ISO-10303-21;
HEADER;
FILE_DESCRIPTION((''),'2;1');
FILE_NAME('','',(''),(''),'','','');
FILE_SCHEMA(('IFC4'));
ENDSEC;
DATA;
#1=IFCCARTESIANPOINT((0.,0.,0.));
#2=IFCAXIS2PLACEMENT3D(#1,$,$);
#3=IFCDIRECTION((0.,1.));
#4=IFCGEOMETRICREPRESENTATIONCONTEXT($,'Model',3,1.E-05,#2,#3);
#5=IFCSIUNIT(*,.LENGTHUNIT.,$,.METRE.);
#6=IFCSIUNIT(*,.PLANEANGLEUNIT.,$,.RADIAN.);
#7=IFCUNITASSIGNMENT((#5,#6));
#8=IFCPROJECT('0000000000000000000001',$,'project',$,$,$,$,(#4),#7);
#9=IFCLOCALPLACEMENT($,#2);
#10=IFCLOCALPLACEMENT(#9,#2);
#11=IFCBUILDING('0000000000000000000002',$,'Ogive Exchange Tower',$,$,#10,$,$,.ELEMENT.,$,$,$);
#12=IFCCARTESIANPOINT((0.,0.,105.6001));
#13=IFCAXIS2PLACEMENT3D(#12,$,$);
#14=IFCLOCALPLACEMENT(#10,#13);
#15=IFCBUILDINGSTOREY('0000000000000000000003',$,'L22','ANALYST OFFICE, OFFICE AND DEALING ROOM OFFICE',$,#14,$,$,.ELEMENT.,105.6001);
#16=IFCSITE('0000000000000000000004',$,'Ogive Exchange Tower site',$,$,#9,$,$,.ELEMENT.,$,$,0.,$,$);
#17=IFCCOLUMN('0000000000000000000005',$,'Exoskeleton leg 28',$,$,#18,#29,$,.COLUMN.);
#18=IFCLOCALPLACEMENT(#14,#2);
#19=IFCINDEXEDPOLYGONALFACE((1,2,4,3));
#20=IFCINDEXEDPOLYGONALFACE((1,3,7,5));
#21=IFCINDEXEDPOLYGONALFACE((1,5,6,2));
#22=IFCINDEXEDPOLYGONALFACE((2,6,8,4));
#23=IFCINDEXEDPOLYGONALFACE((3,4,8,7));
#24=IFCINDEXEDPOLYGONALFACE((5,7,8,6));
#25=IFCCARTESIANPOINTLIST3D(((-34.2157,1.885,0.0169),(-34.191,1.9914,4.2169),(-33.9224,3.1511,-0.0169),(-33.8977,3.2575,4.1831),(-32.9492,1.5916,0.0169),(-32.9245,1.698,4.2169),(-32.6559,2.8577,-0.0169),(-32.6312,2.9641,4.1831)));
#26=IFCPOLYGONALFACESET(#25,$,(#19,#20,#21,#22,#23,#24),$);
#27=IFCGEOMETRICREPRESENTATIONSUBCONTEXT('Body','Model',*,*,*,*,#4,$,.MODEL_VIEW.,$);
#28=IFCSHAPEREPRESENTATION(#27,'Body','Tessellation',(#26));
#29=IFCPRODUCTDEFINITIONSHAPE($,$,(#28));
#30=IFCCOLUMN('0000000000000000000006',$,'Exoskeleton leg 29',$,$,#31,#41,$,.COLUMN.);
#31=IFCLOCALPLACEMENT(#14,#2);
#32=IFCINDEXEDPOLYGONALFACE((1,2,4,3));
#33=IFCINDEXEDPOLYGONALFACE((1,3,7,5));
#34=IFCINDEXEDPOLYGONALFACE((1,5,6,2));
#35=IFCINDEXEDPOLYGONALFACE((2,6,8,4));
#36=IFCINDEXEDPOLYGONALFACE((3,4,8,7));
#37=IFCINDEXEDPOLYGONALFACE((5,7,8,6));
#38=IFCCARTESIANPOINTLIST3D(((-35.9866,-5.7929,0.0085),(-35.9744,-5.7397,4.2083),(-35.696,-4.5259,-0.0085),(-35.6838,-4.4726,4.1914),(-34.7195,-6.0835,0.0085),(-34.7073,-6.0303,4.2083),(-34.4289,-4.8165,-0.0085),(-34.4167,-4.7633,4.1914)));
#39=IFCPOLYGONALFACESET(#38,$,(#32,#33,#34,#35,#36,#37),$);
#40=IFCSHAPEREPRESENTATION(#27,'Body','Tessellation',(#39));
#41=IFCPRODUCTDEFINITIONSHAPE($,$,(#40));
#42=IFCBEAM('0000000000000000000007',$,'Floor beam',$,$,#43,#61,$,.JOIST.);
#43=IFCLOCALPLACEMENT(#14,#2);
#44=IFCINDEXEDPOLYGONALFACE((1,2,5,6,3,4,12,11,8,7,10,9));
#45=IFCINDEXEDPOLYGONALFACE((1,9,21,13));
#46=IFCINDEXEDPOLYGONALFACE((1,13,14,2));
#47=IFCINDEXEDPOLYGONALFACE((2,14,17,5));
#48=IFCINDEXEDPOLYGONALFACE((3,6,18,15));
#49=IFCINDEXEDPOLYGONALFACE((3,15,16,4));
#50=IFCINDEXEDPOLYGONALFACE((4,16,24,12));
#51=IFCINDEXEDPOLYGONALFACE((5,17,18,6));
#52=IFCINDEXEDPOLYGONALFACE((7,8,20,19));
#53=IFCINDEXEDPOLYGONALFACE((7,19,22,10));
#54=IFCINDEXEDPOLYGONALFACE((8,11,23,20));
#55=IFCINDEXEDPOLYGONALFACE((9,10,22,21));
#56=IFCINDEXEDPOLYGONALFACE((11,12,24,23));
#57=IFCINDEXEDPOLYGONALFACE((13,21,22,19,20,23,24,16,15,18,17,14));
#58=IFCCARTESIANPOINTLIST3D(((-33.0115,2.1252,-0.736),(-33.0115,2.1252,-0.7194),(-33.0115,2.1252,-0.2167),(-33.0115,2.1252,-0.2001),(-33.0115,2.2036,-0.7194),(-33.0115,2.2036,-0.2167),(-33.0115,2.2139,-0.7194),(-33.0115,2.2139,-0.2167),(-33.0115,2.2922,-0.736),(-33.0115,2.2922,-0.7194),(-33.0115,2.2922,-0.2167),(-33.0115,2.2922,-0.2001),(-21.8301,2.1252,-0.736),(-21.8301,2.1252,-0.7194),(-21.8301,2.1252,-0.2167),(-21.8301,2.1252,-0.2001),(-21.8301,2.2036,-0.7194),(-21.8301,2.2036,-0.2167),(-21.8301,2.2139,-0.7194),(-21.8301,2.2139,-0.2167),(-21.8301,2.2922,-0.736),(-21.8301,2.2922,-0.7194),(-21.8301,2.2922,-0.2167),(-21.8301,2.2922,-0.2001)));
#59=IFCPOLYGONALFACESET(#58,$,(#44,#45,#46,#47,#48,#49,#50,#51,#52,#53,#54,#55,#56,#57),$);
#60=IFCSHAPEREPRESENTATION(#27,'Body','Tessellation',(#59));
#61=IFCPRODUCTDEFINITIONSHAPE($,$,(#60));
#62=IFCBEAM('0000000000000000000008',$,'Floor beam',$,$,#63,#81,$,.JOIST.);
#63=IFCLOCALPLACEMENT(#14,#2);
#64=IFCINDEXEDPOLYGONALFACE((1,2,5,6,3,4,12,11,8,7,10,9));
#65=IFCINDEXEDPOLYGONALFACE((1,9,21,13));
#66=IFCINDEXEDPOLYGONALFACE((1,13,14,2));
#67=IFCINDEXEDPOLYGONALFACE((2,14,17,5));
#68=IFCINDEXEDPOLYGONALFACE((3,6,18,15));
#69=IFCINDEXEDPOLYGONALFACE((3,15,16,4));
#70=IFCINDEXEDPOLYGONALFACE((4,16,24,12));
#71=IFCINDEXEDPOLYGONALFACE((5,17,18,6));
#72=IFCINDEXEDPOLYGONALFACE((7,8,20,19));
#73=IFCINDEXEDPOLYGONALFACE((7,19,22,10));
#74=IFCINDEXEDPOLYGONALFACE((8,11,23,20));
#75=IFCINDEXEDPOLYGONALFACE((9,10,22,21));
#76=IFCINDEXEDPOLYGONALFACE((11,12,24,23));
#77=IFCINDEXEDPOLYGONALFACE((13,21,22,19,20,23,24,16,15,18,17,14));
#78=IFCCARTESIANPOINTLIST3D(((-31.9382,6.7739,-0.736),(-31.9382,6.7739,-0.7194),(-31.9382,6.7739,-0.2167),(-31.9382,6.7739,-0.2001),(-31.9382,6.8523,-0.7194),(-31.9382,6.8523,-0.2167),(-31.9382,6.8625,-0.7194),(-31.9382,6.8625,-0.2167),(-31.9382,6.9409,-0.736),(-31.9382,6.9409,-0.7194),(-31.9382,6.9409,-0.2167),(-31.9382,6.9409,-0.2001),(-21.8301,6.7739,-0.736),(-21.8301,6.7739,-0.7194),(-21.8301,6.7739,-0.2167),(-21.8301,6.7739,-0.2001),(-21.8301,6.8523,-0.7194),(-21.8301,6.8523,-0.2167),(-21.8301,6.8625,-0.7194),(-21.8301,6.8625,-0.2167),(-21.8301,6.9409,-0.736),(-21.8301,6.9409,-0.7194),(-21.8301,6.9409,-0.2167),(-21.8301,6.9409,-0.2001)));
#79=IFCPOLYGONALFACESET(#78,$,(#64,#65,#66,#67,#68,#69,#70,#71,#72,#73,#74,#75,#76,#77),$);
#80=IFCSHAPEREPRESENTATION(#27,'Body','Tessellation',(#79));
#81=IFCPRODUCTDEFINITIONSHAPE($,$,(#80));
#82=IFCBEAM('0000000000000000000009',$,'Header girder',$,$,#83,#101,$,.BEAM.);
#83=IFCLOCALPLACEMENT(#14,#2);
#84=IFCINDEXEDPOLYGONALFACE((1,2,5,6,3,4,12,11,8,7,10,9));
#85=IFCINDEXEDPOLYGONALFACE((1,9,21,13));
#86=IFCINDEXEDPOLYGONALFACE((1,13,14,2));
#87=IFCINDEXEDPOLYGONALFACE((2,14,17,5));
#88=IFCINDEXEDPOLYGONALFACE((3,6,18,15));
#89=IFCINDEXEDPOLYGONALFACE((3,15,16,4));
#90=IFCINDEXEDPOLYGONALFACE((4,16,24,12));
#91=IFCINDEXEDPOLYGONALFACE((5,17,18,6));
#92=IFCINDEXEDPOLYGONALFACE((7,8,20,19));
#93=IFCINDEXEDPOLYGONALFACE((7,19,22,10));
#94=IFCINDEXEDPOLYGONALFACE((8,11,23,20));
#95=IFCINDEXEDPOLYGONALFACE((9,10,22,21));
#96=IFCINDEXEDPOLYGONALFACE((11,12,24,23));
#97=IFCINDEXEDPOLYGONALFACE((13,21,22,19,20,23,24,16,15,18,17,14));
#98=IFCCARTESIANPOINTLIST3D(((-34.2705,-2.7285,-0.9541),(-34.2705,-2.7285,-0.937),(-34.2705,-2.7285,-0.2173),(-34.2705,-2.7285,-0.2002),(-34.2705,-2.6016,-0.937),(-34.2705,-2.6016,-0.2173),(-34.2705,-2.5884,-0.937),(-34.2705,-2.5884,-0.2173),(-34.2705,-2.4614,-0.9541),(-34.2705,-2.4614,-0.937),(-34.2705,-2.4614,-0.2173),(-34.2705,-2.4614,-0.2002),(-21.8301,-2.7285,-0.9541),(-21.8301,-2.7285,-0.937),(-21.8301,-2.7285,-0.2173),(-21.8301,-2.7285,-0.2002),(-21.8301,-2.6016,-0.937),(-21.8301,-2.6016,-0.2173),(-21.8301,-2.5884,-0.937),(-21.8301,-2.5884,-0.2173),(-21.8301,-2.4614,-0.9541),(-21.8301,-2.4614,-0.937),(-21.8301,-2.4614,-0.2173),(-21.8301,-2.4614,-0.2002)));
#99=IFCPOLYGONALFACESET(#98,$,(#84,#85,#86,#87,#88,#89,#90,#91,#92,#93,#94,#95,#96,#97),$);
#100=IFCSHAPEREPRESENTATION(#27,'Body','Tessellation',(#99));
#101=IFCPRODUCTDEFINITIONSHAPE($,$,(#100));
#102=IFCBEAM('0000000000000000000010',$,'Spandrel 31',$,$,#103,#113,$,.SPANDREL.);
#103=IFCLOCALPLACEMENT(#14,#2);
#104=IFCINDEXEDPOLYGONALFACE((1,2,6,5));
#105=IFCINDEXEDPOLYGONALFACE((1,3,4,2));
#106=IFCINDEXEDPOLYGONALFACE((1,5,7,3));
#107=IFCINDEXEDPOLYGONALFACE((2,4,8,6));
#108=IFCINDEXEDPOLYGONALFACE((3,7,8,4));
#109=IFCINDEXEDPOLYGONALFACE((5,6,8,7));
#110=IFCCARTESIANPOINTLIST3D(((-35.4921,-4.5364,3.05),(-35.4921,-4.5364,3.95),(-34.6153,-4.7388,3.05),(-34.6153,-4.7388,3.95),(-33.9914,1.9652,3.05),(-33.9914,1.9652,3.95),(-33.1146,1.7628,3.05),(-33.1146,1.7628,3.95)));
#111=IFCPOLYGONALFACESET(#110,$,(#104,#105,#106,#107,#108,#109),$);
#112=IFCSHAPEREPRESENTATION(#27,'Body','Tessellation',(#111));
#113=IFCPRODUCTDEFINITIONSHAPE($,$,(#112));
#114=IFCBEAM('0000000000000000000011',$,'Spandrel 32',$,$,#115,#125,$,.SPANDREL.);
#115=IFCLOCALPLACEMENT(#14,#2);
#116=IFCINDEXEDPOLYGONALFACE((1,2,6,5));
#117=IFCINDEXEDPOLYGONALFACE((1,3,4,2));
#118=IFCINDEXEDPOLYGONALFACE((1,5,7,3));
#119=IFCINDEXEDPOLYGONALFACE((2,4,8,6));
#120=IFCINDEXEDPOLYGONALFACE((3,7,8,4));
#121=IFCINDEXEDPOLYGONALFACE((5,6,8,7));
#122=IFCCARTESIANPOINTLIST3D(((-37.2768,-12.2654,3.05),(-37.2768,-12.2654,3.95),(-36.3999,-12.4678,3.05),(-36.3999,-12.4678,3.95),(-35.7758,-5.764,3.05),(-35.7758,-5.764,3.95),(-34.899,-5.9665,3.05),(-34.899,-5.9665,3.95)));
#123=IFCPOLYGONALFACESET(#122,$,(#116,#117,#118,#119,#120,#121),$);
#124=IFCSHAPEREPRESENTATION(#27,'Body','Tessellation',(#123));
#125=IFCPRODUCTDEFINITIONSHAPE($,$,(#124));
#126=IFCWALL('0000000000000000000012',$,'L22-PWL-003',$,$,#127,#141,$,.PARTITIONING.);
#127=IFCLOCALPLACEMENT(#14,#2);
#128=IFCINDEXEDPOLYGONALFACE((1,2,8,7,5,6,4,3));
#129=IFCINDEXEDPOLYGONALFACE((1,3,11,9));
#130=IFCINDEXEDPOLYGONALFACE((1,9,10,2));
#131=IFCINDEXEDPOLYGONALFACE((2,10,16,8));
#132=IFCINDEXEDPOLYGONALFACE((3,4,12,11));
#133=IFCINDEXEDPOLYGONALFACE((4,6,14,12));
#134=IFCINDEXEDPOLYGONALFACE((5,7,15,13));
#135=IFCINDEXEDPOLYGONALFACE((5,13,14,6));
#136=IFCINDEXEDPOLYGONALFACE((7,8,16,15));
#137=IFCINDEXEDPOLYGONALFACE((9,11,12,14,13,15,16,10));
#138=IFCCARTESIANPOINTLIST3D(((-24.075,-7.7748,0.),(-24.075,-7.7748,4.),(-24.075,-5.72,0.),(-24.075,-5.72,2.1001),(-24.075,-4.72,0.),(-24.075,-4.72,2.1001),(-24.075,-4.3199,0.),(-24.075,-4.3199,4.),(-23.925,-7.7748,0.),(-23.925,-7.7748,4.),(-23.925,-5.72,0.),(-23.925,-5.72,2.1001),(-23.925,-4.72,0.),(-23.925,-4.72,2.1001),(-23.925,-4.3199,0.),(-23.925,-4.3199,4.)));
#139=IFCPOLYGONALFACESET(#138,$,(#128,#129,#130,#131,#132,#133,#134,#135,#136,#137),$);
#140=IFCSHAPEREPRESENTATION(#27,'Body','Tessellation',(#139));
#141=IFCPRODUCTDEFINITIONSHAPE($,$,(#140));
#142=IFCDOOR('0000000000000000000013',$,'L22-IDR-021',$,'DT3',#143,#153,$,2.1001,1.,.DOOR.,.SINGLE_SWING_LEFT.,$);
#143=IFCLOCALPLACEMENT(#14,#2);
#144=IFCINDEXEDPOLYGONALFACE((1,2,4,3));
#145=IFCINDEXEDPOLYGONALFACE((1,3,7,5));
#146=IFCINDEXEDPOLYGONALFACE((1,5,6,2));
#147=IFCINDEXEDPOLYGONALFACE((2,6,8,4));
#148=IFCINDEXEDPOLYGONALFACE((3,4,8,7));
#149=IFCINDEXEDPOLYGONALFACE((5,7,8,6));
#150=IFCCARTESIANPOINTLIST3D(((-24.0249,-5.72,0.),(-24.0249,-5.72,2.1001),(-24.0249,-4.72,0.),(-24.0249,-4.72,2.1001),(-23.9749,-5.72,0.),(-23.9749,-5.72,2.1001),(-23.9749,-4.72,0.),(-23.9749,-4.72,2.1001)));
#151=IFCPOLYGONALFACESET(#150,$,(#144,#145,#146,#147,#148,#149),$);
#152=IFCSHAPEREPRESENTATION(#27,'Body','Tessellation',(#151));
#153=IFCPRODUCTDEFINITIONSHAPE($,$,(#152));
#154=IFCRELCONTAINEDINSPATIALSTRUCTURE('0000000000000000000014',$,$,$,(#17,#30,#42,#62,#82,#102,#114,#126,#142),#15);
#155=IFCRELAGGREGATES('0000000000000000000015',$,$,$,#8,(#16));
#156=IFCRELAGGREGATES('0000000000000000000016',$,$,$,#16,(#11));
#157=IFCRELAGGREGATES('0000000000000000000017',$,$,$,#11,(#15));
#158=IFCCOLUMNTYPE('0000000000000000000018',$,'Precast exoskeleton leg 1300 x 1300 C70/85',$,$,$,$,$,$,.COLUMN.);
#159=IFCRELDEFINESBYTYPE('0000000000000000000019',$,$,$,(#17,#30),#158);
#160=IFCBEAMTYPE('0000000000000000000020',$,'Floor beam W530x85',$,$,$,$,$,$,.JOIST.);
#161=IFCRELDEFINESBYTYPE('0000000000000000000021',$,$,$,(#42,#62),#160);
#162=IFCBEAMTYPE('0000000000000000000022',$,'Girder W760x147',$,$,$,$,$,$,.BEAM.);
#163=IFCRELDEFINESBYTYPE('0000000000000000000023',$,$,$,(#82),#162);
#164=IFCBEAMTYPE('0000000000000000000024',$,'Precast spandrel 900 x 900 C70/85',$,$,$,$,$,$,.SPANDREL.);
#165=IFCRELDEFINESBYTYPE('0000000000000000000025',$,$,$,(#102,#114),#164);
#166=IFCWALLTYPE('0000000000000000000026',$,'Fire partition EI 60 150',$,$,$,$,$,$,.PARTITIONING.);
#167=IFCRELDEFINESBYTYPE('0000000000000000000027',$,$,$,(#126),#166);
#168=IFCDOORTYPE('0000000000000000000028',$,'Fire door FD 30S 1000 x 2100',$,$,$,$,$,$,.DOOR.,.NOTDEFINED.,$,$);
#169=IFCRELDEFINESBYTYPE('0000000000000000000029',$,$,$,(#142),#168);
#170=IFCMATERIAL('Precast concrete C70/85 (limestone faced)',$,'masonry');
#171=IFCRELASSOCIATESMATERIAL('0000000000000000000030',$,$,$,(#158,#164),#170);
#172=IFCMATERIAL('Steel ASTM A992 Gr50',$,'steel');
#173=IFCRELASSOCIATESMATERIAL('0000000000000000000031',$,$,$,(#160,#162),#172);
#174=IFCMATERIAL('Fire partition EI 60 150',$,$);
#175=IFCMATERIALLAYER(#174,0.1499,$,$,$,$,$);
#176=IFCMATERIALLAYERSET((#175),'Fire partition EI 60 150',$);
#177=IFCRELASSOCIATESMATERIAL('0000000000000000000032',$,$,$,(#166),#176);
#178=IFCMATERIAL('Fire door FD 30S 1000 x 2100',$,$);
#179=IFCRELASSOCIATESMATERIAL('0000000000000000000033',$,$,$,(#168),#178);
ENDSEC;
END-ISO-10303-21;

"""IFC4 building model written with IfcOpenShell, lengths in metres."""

from ifc_helpers import new_model, si_unit, direction, frame, frame_2d, origin, origin_2d, place, context, subcontext, project, spatial, rectangle, i_section, extrude, material, layer, layer_set, material_profile, profile_set, type_object, element, fill, save


model = new_model("IFC4")

# Units and contexts
model_context = context("Model", 3, precision=1e-05, world=origin(), true_north=direction((0.0, 1.0)))
body_context = subcontext(model_context, "Body", "Model", "MODEL_VIEW")
ifc_project = project(units=[si_unit("LENGTHUNIT", "METRE"), si_unit("PLANEANGLEUNIT", "RADIAN")], contexts=[model_context])

# Site, building, storey
site_placement = place(None, origin())
site = spatial("IfcSite", under=ifc_project, at=site_placement, Name="Ogive Exchange Tower site", CompositionType="ELEMENT", RefElevation=0.0)
building_placement = place(site_placement, origin())
building = spatial("IfcBuilding", under=site, at=building_placement, Name="Ogive Exchange Tower", CompositionType="ELEMENT")
storey_placement = place(building_placement, frame((0.0, 0.0, 105.6001)))
storey = spatial("IfcBuildingStorey", under=building, at=storey_placement, Name="L22", Description="ANALYST OFFICE, OFFICE AND DEALING ROOM OFFICE", CompositionType="ELEMENT", Elevation=105.6001)

# Columns
ifc_material_1 = material(Name="Precast concrete C70/85 (limestone faced)", Category="masonry")
ifc_material_profile_1 = material_profile(ifc_material_1, rectangle(XDim=1.3, YDim=1.3, at=origin_2d()), Name="1300 x 1300")
ifc_profile_set_1 = profile_set([ifc_material_profile_1], Name="Precast concrete C70/85 (limestone faced)")
column_type = type_object("IfcColumnType", Name="Precast exoskeleton leg 1300 x 1300 C70/85", PredefinedType="COLUMN", material=ifc_profile_set_1)
column_1_placement = place(storey_placement, frame((-33.4358, 2.3713, 0.0), z_axis=(0.005869, 0.025336, 0.999662), x_axis=(-0.974203, 0.225675, 0.0)))
element("IfcColumn", 1, at=column_1_placement, inside=storey, type_object=column_type, Name="Exoskeleton leg 28", PredefinedType="COLUMN", context=body_context, shape_type="SweptSolid", body=[
    extrude(rectangle(XDim=1.3, YDim=1.3, at=origin_2d()), origin(), (0.0, 0.0, 1.0), 4.2014),
])
column_2_placement = place(storey_placement, frame((-35.2078, -5.3047, 0.0), z_axis=(0.002906, 0.012671, 0.999915), x_axis=(-0.974692, 0.223553, 0.0)))
element("IfcColumn", 2, at=column_2_placement, inside=storey, type_object=column_type, Name="Exoskeleton leg 29", PredefinedType="COLUMN", context=body_context, shape_type="SweptSolid", body=[
    extrude(rectangle(XDim=1.3, YDim=1.3, at=origin_2d()), origin(), (0.0, 0.0, 1.0), 4.2002),
])

# Beams
ifc_material_2 = material(Name="Steel ASTM A992 Gr50", Category="steel")
ifc_material_profile_2 = material_profile(ifc_material_2, i_section(OverallWidth=0.167, OverallDepth=0.5359, WebThickness=0.0103, FlangeThickness=0.0166, at=origin_2d()), Name="W530x85")
ifc_profile_set_2 = profile_set([ifc_material_profile_2], Name="Steel ASTM A992 Gr50")
beam_type_1 = type_object("IfcBeamType", Name="Floor beam W530x85", PredefinedType="JOIST", material=ifc_profile_set_2)
beam_1_placement = place(storey_placement, frame((-33.0115, 2.2087, -0.468), z_axis=(1.0, 0.0, 0.0), x_axis=(0.0, 1.0, 0.0)))
element("IfcBeam", 3, at=beam_1_placement, inside=storey, type_object=beam_type_1, Name="Floor beam", PredefinedType="JOIST", context=body_context, shape_type="SweptSolid", body=[
    extrude(i_section(OverallWidth=0.167, OverallDepth=0.5359, WebThickness=0.0103, FlangeThickness=0.0166, at=origin_2d()), origin(), (0.0, 0.0, 1.0), 11.1814),
])
beam_2_placement = place(storey_placement, frame((-31.9382, 6.8574, -0.468), z_axis=(1.0, 0.0, 0.0), x_axis=(0.0, 1.0, 0.0)))
element("IfcBeam", 4, at=beam_2_placement, inside=storey, type_object=beam_type_1, Name="Floor beam", PredefinedType="JOIST", context=body_context, shape_type="SweptSolid", body=[
    extrude(i_section(OverallWidth=0.167, OverallDepth=0.5359, WebThickness=0.0103, FlangeThickness=0.0166, at=origin_2d()), origin(), (0.0, 0.0, 1.0), 10.1082),
])
ifc_material_profile_3 = material_profile(ifc_material_2, i_section(OverallWidth=0.2671, OverallDepth=0.7539, WebThickness=0.0132, FlangeThickness=0.0171, at=origin_2d()), Name="W760x147")
ifc_profile_set_3 = profile_set([ifc_material_profile_3], Name="Steel ASTM A992 Gr50")
beam_type_2 = type_object("IfcBeamType", Name="Girder W760x147", PredefinedType="BEAM", material=ifc_profile_set_3)
beam_3_placement = place(storey_placement, frame((-34.2705, -2.595, -0.5771), z_axis=(1.0, 0.0, 0.0), x_axis=(0.0, 1.0, 0.0)))
element("IfcBeam", 5, at=beam_3_placement, inside=storey, type_object=beam_type_2, Name="Header girder", PredefinedType="BEAM", context=body_context, shape_type="SweptSolid", body=[
    extrude(i_section(OverallWidth=0.2671, OverallDepth=0.7539, WebThickness=0.0132, FlangeThickness=0.0171, at=origin_2d()), origin(), (0.0, 0.0, 1.0), 12.4404),
])
ifc_material_profile_4 = material_profile(ifc_material_1, rectangle(XDim=0.8999, YDim=0.8999, at=origin_2d()), Name="900 x 900")
ifc_profile_set_4 = profile_set([ifc_material_profile_4], Name="Precast concrete C70/85 (limestone faced)")
beam_type_3 = type_object("IfcBeamType", Name="Precast spandrel 900 x 900 C70/85", PredefinedType="SPANDREL", material=ifc_profile_set_4)
beam_4_placement = place(storey_placement, frame((-33.553, 1.864, 3.5), z_axis=(-0.224908, -0.97438, 0.0), x_axis=(0.97438, -0.224908, 0.0)))
element("IfcBeam", 6, at=beam_4_placement, inside=storey, type_object=beam_type_3, Name="Spandrel 31", PredefinedType="SPANDREL", context=body_context, shape_type="SweptSolid", body=[
    extrude(rectangle(XDim=0.8999, YDim=0.8999, at=origin_2d()), origin(), (0.0, 0.0, 1.0), 6.6726),
])
beam_5_placement = place(storey_placement, frame((-35.3374, -5.8652, 3.5), z_axis=(-0.22495, -0.97437, 0.0), x_axis=(0.97437, -0.22495, 0.0)))
element("IfcBeam", 7, at=beam_5_placement, inside=storey, type_object=beam_type_3, Name="Spandrel 32", PredefinedType="SPANDREL", context=body_context, shape_type="SweptSolid", body=[
    extrude(rectangle(XDim=0.8999, YDim=0.8999, at=origin_2d()), origin(), (0.0, 0.0, 1.0), 6.6724),
])

# Wall, opening, door
ifc_material_3 = material(Name="Fire partition EI 60 150")
ifc_layer_1 = layer(ifc_material_3, 0.1499)
ifc_layer_set_1 = layer_set([ifc_layer_1], Name="Fire partition EI 60 150")
wall_type_1 = type_object("IfcWallType", Name="Fire partition EI 60 150", PredefinedType="PARTITIONING", material=ifc_layer_set_1)
wall_1_placement = place(storey_placement, frame((-24.0, -7.7749, 0.0), z_axis=(0.0, 0.0, 1.0), x_axis=(0.0, 1.0, 0.0)))
wall_1 = element("IfcWall", 8, at=wall_1_placement, inside=storey, type_object=wall_type_1, Name="L22-PWL-003", PredefinedType="PARTITIONING", context=body_context, shape_type="SweptSolid", body=[
    extrude(rectangle(XDim=3.4548, YDim=0.1499, at=frame_2d((1.7275, 0.0))), origin(), (0.0, 0.0, 1.0), 4.0),
])
opening_1_placement = place(wall_1_placement, frame((2.0549, 0.0, 0.0)))
opening_1 = element("IfcOpeningElement", 9, at=opening_1_placement, cuts=wall_1, PredefinedType="OPENING", context=body_context, shape_type="SweptSolid", body=[
    extrude(rectangle(XDim=1.0, YDim=2.1001, at=frame_2d((0.5, 1.05))), frame((0.0, 0.085, 0.0), z_axis=(0.0, -1.0, 0.0), x_axis=(1.0, 0.0, 0.0)), (0.0, 0.0, 1.0), 0.1699),
])
ifc_material_4 = material(Name="Fire door FD 30S 1000 x 2100")
door_type_1 = type_object("IfcDoorType", Name="Fire door FD 30S 1000 x 2100", OperationType="NOTDEFINED", PredefinedType="DOOR", material=ifc_material_4)
door_1_placement = place(opening_1_placement, origin())
door_1 = element("IfcDoor", 10, at=door_1_placement, inside=storey, type_object=door_type_1, Name="L22-IDR-021", ObjectType="DT3", OperationType="SINGLE_SWING_LEFT", OverallHeight=2.1001, OverallWidth=1.0, PredefinedType="DOOR", context=body_context, shape_type="SweptSolid", body=[
    extrude(rectangle(XDim=1.0, YDim=2.1001, at=frame_2d((0.5, 1.05))), frame((0.0, 0.0249, 0.0), z_axis=(0.0, -1.0, 0.0), x_axis=(1.0, 0.0, 0.0)), (0.0, 0.0, 1.0), 0.05),
])
fill(opening_1, door_1)

save(model, "model.ifc")
